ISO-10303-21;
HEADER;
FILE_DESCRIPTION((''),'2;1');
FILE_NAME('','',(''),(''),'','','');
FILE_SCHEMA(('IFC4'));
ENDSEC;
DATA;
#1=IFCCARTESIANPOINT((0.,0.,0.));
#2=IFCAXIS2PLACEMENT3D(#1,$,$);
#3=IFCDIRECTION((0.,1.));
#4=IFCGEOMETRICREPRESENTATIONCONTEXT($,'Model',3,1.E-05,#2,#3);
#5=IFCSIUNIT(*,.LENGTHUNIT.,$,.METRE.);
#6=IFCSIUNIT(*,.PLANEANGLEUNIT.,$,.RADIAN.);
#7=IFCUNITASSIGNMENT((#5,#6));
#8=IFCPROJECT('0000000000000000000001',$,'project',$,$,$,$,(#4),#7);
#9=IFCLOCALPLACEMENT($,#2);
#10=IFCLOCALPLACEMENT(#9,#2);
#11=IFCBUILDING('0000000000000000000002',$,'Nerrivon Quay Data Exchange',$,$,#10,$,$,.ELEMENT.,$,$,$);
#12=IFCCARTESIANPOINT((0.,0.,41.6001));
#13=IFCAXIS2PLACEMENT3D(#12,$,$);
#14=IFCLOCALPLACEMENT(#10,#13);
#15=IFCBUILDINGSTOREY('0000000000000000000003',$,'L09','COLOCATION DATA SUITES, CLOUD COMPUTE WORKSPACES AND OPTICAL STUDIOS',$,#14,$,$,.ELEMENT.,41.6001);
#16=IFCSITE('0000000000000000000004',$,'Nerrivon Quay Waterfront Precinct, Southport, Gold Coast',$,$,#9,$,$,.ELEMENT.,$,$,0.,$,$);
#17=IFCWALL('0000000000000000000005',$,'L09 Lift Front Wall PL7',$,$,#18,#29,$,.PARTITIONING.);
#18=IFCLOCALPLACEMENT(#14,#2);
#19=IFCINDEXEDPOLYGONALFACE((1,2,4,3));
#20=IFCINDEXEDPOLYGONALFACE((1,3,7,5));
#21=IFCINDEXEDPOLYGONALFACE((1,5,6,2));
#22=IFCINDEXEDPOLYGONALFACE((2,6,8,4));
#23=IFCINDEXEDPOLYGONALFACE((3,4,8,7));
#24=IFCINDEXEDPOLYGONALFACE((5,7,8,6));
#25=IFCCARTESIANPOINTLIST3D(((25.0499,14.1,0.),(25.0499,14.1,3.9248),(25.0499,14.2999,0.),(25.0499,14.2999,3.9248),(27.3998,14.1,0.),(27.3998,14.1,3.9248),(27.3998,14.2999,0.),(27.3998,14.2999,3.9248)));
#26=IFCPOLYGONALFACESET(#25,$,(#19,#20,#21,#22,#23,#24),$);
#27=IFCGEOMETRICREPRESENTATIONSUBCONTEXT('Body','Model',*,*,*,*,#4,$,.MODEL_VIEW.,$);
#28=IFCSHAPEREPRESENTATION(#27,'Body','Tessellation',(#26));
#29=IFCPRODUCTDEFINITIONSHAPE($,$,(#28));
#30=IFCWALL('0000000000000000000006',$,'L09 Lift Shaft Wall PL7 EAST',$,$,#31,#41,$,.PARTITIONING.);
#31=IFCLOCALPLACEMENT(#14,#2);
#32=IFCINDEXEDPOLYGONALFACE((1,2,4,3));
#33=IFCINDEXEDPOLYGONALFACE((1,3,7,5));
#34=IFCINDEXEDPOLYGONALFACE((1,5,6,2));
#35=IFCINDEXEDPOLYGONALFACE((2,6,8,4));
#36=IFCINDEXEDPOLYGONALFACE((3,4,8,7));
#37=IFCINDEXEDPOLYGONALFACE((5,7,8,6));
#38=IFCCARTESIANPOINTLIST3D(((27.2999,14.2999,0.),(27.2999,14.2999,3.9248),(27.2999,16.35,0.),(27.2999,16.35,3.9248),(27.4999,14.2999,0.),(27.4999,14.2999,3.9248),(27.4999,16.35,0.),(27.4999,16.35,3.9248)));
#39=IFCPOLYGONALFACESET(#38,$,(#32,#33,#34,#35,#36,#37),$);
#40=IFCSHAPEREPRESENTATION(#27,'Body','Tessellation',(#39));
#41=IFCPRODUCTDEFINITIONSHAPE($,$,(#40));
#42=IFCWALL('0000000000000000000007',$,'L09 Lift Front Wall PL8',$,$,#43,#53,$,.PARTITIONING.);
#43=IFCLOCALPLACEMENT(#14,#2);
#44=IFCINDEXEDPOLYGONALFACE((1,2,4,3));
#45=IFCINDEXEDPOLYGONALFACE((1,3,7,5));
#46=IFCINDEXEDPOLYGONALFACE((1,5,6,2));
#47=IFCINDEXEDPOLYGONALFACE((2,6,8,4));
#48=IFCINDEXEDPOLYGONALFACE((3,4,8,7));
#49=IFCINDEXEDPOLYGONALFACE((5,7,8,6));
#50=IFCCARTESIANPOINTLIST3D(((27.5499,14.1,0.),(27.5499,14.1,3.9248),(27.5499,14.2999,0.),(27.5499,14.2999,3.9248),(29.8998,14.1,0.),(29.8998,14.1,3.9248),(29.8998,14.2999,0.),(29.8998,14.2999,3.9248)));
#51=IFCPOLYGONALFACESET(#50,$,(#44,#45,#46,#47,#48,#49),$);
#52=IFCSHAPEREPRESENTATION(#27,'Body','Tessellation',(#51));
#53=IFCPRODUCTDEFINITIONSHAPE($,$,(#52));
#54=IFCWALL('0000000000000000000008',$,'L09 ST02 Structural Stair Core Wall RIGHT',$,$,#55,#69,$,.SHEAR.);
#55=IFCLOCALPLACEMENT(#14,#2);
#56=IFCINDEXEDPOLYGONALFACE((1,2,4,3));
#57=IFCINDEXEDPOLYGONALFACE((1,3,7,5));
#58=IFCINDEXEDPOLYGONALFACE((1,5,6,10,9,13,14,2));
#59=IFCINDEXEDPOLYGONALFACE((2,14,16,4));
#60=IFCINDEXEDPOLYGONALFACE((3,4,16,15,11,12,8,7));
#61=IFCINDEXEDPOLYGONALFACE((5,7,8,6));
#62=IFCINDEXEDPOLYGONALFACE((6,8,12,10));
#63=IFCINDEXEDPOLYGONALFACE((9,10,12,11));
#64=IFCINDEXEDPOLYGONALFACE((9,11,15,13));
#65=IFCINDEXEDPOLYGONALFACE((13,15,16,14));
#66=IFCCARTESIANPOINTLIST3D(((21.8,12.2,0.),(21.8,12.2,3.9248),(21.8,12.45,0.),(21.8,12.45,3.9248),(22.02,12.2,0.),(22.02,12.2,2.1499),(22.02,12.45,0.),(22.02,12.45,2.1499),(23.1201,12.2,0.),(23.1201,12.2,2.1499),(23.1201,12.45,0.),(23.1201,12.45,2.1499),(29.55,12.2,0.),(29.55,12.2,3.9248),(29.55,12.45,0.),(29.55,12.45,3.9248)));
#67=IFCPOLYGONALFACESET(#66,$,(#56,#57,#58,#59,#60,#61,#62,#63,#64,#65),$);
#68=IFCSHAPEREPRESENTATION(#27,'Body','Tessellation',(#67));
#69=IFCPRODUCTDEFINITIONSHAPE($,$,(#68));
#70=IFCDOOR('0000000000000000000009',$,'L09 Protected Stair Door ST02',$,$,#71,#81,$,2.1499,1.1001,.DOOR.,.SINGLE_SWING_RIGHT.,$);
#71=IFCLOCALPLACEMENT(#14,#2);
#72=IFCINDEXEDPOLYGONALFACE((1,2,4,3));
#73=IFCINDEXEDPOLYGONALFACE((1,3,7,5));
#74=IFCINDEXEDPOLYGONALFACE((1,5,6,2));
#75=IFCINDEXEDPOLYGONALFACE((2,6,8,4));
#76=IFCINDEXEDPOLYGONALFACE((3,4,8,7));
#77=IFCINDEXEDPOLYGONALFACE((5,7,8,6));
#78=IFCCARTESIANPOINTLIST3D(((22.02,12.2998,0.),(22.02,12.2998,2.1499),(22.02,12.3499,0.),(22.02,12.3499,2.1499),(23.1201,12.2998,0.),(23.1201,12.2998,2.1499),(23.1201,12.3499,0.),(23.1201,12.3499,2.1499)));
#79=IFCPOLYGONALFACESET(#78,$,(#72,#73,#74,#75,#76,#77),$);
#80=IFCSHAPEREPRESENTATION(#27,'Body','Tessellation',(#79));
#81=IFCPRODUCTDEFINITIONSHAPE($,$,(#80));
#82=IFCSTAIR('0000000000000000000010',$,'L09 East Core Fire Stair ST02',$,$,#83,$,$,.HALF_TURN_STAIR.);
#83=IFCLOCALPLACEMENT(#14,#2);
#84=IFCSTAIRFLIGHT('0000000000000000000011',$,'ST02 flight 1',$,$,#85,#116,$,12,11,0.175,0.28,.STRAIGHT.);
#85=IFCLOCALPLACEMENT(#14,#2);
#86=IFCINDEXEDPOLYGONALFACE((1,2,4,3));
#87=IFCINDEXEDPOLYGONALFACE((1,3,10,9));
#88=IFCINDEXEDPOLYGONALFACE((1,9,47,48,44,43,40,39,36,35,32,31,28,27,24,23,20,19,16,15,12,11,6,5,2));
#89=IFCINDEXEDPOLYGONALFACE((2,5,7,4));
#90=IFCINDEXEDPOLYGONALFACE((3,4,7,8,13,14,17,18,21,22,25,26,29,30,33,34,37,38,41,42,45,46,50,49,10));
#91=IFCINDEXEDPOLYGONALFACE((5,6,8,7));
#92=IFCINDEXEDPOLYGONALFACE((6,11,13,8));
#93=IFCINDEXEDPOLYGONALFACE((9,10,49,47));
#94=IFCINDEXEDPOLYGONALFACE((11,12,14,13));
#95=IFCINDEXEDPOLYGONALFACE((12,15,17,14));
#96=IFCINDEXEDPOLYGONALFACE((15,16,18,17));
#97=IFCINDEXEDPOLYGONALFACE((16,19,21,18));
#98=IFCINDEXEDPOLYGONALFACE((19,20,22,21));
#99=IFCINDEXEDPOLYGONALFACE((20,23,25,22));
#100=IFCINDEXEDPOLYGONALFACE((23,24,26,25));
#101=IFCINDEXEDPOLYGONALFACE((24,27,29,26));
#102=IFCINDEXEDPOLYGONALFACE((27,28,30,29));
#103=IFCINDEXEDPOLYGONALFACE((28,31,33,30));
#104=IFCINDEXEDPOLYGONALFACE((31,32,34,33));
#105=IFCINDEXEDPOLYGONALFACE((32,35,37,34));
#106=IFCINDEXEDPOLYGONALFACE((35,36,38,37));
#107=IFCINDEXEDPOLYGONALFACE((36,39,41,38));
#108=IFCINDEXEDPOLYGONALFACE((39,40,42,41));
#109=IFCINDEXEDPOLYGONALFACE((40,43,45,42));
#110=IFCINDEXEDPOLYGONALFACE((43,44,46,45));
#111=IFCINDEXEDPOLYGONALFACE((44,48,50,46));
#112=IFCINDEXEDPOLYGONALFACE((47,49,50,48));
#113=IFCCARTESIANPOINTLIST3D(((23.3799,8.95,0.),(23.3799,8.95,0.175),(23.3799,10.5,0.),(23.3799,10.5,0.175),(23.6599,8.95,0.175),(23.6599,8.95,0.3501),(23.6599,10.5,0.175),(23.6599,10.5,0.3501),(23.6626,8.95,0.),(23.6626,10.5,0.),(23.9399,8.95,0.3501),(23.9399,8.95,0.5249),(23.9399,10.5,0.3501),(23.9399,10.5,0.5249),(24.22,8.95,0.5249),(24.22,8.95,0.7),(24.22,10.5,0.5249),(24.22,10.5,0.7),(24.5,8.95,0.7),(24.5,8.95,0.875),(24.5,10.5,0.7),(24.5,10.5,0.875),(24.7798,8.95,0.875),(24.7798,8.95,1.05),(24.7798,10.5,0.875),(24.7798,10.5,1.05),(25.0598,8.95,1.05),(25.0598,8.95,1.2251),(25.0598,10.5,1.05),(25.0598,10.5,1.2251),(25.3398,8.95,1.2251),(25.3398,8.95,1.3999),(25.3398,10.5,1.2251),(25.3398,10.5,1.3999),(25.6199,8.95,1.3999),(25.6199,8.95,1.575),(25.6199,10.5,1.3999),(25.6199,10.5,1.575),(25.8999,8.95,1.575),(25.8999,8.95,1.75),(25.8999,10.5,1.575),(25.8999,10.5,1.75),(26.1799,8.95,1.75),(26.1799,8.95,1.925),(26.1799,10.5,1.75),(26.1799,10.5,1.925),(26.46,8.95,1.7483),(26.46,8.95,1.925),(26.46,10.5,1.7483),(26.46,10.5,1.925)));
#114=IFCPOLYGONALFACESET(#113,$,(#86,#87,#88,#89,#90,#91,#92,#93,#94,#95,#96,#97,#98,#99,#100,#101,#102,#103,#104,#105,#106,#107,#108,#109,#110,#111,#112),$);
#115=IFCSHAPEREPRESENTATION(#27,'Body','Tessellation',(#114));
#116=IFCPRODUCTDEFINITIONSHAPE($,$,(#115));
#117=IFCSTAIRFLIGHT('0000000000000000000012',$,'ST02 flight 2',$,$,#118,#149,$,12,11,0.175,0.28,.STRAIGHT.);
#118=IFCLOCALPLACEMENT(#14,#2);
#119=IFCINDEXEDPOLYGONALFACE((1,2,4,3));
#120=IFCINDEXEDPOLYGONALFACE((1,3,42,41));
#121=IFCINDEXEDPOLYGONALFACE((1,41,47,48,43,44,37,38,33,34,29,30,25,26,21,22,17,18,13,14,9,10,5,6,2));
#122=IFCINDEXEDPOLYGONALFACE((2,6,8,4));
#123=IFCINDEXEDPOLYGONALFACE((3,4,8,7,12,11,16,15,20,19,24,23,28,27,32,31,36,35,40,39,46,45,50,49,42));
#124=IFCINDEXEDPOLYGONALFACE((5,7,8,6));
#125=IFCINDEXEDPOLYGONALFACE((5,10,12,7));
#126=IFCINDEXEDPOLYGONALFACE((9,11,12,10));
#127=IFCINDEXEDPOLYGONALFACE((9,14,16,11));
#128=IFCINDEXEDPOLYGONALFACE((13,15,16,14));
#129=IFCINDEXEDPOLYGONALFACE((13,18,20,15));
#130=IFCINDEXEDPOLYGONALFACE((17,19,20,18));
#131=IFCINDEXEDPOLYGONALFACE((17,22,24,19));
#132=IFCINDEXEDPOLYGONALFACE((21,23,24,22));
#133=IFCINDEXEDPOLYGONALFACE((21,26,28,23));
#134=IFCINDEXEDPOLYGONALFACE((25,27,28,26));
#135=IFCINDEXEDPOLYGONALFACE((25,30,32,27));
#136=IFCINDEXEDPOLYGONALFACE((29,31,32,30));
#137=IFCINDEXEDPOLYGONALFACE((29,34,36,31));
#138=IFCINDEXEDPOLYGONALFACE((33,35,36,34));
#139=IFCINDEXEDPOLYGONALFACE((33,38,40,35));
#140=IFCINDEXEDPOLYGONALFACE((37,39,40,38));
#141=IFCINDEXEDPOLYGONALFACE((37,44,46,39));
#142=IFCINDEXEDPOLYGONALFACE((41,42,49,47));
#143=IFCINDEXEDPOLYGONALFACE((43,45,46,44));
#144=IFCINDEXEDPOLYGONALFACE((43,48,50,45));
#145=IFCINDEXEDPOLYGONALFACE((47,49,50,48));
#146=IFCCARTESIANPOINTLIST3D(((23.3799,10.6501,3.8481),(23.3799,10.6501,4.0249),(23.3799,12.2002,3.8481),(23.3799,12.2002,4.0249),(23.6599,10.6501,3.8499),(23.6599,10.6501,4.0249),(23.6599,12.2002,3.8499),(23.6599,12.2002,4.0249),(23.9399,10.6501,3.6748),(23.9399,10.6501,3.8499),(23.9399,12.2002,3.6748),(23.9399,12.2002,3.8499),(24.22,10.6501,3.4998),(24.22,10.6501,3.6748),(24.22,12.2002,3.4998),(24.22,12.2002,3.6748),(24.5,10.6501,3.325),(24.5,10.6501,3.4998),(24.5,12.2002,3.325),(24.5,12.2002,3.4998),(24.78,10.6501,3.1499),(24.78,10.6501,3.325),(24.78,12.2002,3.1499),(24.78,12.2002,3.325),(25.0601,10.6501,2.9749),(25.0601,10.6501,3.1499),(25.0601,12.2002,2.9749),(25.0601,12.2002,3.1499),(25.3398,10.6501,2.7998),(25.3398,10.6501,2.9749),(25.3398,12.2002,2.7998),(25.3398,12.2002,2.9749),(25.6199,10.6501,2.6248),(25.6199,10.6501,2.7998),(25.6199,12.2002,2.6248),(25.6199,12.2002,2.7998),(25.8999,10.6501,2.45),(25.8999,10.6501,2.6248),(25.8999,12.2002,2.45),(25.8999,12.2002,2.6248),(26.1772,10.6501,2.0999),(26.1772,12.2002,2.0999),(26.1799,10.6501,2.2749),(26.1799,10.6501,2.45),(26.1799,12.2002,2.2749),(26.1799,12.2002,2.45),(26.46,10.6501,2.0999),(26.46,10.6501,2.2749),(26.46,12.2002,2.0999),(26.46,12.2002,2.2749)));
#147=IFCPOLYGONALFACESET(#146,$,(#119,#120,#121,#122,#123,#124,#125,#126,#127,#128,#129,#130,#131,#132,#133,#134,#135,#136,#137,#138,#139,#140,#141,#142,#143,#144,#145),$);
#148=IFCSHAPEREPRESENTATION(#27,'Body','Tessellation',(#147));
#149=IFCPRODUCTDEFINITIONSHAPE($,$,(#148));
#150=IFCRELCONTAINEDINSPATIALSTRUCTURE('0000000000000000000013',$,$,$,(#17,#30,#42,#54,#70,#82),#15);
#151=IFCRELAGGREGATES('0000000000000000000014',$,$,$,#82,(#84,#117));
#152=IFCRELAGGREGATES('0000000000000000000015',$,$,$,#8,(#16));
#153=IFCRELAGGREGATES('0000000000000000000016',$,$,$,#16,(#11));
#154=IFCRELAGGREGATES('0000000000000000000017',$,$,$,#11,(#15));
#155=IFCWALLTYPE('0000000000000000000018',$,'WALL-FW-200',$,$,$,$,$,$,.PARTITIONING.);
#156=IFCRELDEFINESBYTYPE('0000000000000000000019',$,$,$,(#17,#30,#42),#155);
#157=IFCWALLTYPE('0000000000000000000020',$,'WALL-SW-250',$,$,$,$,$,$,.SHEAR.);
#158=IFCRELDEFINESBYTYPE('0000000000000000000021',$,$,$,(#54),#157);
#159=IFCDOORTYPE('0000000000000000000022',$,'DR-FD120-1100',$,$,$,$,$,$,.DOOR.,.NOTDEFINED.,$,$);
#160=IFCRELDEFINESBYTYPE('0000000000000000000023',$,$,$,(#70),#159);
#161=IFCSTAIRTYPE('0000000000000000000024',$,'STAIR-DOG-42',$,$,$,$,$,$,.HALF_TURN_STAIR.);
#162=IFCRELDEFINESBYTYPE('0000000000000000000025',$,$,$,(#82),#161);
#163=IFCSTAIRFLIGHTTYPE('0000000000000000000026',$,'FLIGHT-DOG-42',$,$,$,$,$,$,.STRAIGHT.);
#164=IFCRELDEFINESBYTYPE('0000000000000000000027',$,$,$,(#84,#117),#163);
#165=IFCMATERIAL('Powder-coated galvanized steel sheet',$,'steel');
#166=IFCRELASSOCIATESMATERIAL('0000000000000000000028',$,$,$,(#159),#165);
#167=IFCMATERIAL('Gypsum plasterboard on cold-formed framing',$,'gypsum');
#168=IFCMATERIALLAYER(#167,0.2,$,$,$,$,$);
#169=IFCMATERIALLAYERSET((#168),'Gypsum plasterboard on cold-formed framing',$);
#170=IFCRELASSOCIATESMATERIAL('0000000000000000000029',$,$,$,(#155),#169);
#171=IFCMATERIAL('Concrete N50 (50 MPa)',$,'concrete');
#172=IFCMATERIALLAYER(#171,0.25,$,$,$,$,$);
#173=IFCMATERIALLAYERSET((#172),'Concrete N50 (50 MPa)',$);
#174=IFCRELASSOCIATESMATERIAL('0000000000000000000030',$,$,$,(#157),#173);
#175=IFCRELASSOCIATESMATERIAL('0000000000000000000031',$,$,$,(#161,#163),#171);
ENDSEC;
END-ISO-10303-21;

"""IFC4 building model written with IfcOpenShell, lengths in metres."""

from ifc_helpers import new_model, si_unit, direction, frame, frame_2d, origin, place, context, subcontext, project, spatial, polyline, rectangle, outline, extrude, material, layer, layer_set, type_object, element, fill, aggregate, save


model = new_model("IFC4")

# Units and contexts
model_context = context("Model", 3, precision=1e-05, world=origin(), true_north=direction((0.0, 1.0)))
body_context = subcontext(model_context, "Body", "Model", "MODEL_VIEW")
ifc_project = project(units=[si_unit("LENGTHUNIT", "METRE"), si_unit("PLANEANGLEUNIT", "RADIAN")], contexts=[model_context])

# Site, building, storey
site_placement = place(None, origin())
site = spatial("IfcSite", under=ifc_project, at=site_placement, Name="Nerrivon Quay Waterfront Precinct, Southport, Gold Coast", CompositionType="ELEMENT", RefElevation=0.0)
building_placement = place(site_placement, origin())
building = spatial("IfcBuilding", under=site, at=building_placement, Name="Nerrivon Quay Data Exchange", CompositionType="ELEMENT")
storey_placement = place(building_placement, frame((0.0, 0.0, 41.6001)))
storey = spatial("IfcBuildingStorey", under=building, at=storey_placement, Name="L09", Description="COLOCATION DATA SUITES, CLOUD COMPUTE WORKSPACES AND OPTICAL STUDIOS", CompositionType="ELEMENT", Elevation=41.6001)

# Shared definitions
ifc_material_1 = material(Name="Powder-coated galvanized steel sheet", Category="steel")
door_type_1 = type_object("IfcDoorType", Name="DR-FD120-1100", OperationType="NOTDEFINED", PredefinedType="DOOR", material=ifc_material_1)

# Shared definitions
ifc_material_2 = material(Name="Gypsum plasterboard on cold-formed framing", Category="gypsum")
ifc_layer_1 = layer(ifc_material_2, 0.2)
ifc_layer_set_1 = layer_set([ifc_layer_1], Name="Gypsum plasterboard on cold-formed framing")
wall_type_1 = type_object("IfcWallType", Name="WALL-FW-200", PredefinedType="PARTITIONING", material=ifc_layer_set_1)

# Walls
wall_1_placement = place(storey_placement, frame((25.05, 14.2, 0.0), z_axis=(0.0, 0.0, 1.0), x_axis=(1.0, 0.0, 0.0)))
element("IfcWall", 1, at=wall_1_placement, inside=storey, type_object=wall_type_1, Name="L09 Lift Front Wall PL7", PredefinedType="PARTITIONING", context=body_context, shape_type="SweptSolid", body=[
    extrude(rectangle(XDim=2.3499, YDim=0.2, at=frame_2d((1.1748, 0.0))), origin(), (0.0, 0.0, 1.0), 3.9248),
])
wall_2_placement = place(storey_placement, frame((27.3999, 14.3, 0.0), z_axis=(0.0, 0.0, 1.0), x_axis=(0.0, 1.0, 0.0)))
element("IfcWall", 2, at=wall_2_placement, inside=storey, type_object=wall_type_1, Name="L09 Lift Shaft Wall PL7 EAST", PredefinedType="PARTITIONING", context=body_context, shape_type="SweptSolid", body=[
    extrude(rectangle(XDim=2.05, YDim=0.2, at=frame_2d((1.0249, 0.0))), origin(), (0.0, 0.0, 1.0), 3.9248),
])
wall_3_placement = place(storey_placement, frame((27.55, 14.2, 0.0), z_axis=(0.0, 0.0, 1.0), x_axis=(1.0, 0.0, 0.0)))
element("IfcWall", 3, at=wall_3_placement, inside=storey, type_object=wall_type_1, Name="L09 Lift Front Wall PL8", PredefinedType="PARTITIONING", context=body_context, shape_type="SweptSolid", body=[
    extrude(rectangle(XDim=2.3499, YDim=0.2, at=frame_2d((1.1748, 0.0))), origin(), (0.0, 0.0, 1.0), 3.9248),
])

# Wall, opening, door
ifc_material_3 = material(Name="Concrete N50 (50 MPa)", Category="concrete")
ifc_layer_2 = layer(ifc_material_3, 0.25)
ifc_layer_set_2 = layer_set([ifc_layer_2], Name="Concrete N50 (50 MPa)")
wall_type_2 = type_object("IfcWallType", Name="WALL-SW-250", PredefinedType="SHEAR", material=ifc_layer_set_2)
wall_4_placement = place(storey_placement, frame((21.8, 12.325, 0.0), z_axis=(0.0, 0.0, 1.0), x_axis=(1.0, 0.0, 0.0)))
wall_4 = element("IfcWall", 4, at=wall_4_placement, inside=storey, type_object=wall_type_2, Name="L09 ST02 Structural Stair Core Wall RIGHT", PredefinedType="SHEAR", context=body_context, shape_type="SweptSolid", body=[
    extrude(rectangle(XDim=7.75, YDim=0.25, at=frame_2d((3.875, 0.0))), origin(), (0.0, 0.0, 1.0), 3.9248),
])
opening_1_placement = place(wall_4_placement, frame((0.22, 0.0, 0.0)))
opening_1 = element("IfcOpeningElement", 5, at=opening_1_placement, cuts=wall_4, PredefinedType="OPENING", context=body_context, shape_type="SweptSolid", body=[
    extrude(rectangle(XDim=1.1001, YDim=2.1499, at=frame_2d((0.55, 1.075))), frame((0.0, 0.135, 0.0), z_axis=(0.0, -1.0, 0.0), x_axis=(1.0, 0.0, 0.0)), (0.0, 0.0, 1.0), 0.27),
])
door_1_placement = place(opening_1_placement, origin())
door_1 = element("IfcDoor", 6, at=door_1_placement, inside=storey, type_object=door_type_1, Name="L09 Protected Stair Door ST02", OperationType="SINGLE_SWING_RIGHT", OverallHeight=2.1499, OverallWidth=1.1001, PredefinedType="DOOR", context=body_context, shape_type="SweptSolid", body=[
    extrude(rectangle(XDim=1.1001, YDim=2.1499, at=frame_2d((0.55, 1.075))), frame((0.0, 0.0249, 0.0), z_axis=(0.0, -1.0, 0.0), x_axis=(1.0, 0.0, 0.0)), (0.0, 0.0, 1.0), 0.05),
])
fill(opening_1, door_1)

# Stair, stair flights
stair_type = type_object("IfcStairType", Name="STAIR-DOG-42", PredefinedType="HALF_TURN_STAIR", material=ifc_material_3)
stair_placement = place(storey_placement, origin())
stair = element("IfcStair", 7, at=stair_placement, inside=storey, type_object=stair_type, Name="L09 East Core Fire Stair ST02", PredefinedType="HALF_TURN_STAIR")
stair_flight_type = type_object("IfcStairFlightType", Name="FLIGHT-DOG-42", PredefinedType="STRAIGHT", material=ifc_material_3)
stair_flight_1_placement = place(storey_placement, frame((23.3799, 9.7251, 0.0), z_axis=(0.0, 0.0, 1.0), x_axis=(1.0, 0.0, 0.0)))
stair_flight_1 = element("IfcStairFlight", 8, at=stair_flight_1_placement, type_object=stair_flight_type, Name="ST02 flight 1", NumberOfRisers=12, NumberOfTreads=11, PredefinedType="STRAIGHT", RiserHeight=0.175, TreadLength=0.28, context=body_context, shape_type="SweptSolid", body=[
    extrude(outline(polyline([(0.0, 0.0), (0.0, 0.175), (0.28, 0.175), (0.28, 0.3501), (0.5601, 0.3501), (0.5601, 0.5249), (0.8401, 0.5249), (0.8401, 0.7), (1.1201, 0.7), (1.1201, 0.875), (1.3999, 0.875), (1.3999, 1.05), (1.6799, 1.05), (1.6799, 1.2251), (1.96, 1.2251), (1.96, 1.3999), (2.24, 1.3999), (2.24, 1.575), (2.52, 1.575), (2.52, 1.75), (2.8, 1.75), (2.8, 1.925), (3.0801, 1.925), (3.0801, 2.1001), (3.0801, 1.7483), (0.2827, 0.0), (0.0, 0.0)])), frame((0.0, 0.7749, 0.0), z_axis=(0.0, -1.0, 0.0), x_axis=(1.0, 0.0, 0.0)), (0.0, 0.0, 1.0), 1.55),
])
stair_flight_2_placement = place(storey_placement, frame((26.46, 11.425, 2.0999), z_axis=(0.0, 0.0, 1.0), x_axis=(-1.0, 0.0, 0.0)))
stair_flight_2 = element("IfcStairFlight", 9, at=stair_flight_2_placement, type_object=stair_flight_type, Name="ST02 flight 2", NumberOfRisers=12, NumberOfTreads=11, PredefinedType="STRAIGHT", RiserHeight=0.175, TreadLength=0.28, context=body_context, shape_type="SweptSolid", body=[
    extrude(outline(polyline([(0.0, 0.0), (0.0, 0.175), (0.28, 0.175), (0.28, 0.3501), (0.5601, 0.3501), (0.5601, 0.5249), (0.8401, 0.5249), (0.8401, 0.7), (1.1201, 0.7), (1.1201, 0.875), (1.3999, 0.875), (1.3999, 1.05), (1.6799, 1.05), (1.6799, 1.2251), (1.96, 1.2251), (1.96, 1.3999), (2.24, 1.3999), (2.24, 1.575), (2.52, 1.575), (2.52, 1.75), (2.8, 1.75), (2.8, 1.925), (3.0801, 1.925), (3.0801, 2.1001), (3.0801, 1.7483), (0.2827, 0.0), (0.0, 0.0)])), frame((0.0, 0.7749, 0.0), z_axis=(0.0, -1.0, 0.0), x_axis=(1.0, 0.0, 0.0)), (0.0, 0.0, 1.0), 1.55),
])
aggregate(stair, [stair_flight_1, stair_flight_2])

save(model, "model.ifc")
